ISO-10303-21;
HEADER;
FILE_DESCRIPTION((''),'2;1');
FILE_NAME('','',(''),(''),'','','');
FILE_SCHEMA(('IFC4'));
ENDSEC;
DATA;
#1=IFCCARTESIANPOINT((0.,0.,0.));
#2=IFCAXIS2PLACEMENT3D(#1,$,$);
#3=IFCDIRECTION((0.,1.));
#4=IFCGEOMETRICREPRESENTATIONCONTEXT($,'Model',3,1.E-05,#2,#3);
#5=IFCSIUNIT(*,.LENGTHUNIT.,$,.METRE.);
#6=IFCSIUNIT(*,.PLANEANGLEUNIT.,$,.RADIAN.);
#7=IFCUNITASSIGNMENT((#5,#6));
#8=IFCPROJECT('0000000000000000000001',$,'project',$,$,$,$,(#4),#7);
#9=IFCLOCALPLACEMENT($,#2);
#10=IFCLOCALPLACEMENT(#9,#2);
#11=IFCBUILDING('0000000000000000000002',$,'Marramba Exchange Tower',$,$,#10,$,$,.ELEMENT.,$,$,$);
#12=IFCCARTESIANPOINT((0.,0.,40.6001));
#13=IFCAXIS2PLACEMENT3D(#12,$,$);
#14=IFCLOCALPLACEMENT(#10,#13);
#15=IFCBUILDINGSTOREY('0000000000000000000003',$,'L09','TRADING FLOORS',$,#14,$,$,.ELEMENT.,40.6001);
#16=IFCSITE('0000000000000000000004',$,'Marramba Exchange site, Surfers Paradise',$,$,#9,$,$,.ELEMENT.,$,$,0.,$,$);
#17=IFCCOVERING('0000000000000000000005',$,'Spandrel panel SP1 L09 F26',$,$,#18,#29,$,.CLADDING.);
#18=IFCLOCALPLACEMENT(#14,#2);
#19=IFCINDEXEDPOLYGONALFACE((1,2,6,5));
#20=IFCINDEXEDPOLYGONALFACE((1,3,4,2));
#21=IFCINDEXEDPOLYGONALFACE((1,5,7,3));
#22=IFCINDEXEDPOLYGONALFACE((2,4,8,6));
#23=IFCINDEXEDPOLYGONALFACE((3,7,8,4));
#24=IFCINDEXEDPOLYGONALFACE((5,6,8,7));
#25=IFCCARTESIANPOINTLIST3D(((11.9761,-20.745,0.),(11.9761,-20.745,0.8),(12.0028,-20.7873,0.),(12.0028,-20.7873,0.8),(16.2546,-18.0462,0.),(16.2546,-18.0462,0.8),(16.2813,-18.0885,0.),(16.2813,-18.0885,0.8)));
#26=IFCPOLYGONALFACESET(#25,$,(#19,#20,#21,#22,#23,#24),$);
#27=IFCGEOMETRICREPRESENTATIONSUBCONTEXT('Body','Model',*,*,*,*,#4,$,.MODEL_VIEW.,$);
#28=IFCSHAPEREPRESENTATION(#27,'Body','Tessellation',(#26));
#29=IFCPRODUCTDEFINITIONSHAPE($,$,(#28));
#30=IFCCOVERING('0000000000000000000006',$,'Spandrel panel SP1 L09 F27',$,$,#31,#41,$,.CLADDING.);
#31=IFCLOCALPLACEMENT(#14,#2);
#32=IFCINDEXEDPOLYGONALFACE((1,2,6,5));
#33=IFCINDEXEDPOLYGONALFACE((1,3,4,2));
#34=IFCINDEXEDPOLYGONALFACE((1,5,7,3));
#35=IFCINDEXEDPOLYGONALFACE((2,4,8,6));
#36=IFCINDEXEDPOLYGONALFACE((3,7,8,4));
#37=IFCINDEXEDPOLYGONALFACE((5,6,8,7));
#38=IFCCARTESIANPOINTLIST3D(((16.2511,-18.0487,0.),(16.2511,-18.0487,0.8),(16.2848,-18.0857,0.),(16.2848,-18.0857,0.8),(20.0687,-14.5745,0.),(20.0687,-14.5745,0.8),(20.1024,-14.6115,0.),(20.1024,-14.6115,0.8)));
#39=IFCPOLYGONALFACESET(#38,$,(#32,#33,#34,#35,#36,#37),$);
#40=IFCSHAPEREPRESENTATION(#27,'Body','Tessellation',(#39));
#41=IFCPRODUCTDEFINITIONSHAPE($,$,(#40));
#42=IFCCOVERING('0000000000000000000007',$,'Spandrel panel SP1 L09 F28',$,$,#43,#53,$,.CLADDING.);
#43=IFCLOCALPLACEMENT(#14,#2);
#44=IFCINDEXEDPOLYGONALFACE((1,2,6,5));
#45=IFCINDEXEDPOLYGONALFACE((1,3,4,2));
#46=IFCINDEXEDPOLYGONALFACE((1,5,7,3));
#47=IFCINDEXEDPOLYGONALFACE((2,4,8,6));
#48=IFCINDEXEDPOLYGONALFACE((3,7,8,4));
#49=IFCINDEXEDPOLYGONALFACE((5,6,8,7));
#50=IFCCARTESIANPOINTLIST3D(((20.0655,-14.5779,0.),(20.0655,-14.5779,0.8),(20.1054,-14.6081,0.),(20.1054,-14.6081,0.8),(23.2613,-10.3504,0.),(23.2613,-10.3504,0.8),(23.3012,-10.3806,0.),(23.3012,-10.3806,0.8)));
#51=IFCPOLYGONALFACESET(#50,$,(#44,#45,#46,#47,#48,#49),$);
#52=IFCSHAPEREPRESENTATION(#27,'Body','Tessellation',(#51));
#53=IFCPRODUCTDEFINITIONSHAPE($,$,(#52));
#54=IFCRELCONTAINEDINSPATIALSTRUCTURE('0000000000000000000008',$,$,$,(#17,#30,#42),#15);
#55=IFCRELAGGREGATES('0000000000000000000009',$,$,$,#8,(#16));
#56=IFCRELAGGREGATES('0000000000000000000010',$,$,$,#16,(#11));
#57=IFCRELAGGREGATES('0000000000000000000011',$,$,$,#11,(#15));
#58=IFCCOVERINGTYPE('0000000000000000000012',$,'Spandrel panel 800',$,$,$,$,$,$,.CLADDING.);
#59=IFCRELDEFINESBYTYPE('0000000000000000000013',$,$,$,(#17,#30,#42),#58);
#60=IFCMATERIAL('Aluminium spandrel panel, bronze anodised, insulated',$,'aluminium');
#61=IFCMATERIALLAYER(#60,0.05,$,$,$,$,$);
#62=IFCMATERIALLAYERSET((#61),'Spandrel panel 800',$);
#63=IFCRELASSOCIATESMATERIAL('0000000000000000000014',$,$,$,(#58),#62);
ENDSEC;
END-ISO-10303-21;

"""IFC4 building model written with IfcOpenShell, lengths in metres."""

from ifc_helpers import new_model, si_unit, direction, frame, origin, origin_2d, place, context, subcontext, project, spatial, rectangle, extrude, material, layer, layer_set, type_object, element, save


model = new_model("IFC4")

# Units and contexts
model_context = context("Model", 3, precision=1e-05, world=origin(), true_north=direction((0.0, 1.0)))
body_context = subcontext(model_context, "Body", "Model", "MODEL_VIEW")
ifc_project = project(units=[si_unit("LENGTHUNIT", "METRE"), si_unit("PLANEANGLEUNIT", "RADIAN")], contexts=[model_context])

# Site, building, storey
site_placement = place(None, origin())
site = spatial("IfcSite", under=ifc_project, at=site_placement, Name="Marramba Exchange site, Surfers Paradise", CompositionType="ELEMENT", RefElevation=0.0)
building_placement = place(site_placement, origin())
building = spatial("IfcBuilding", under=site, at=building_placement, Name="Marramba Exchange Tower", CompositionType="ELEMENT")
storey_placement = place(building_placement, frame((0.0, 0.0, 40.6001)))
storey = spatial("IfcBuildingStorey", under=building, at=storey_placement, Name="L09", Description="TRADING FLOORS", CompositionType="ELEMENT", Elevation=40.6001)

# Coverings
ifc_material_1 = material(Name="Aluminium spandrel panel, bronze anodised, insulated", Category="aluminium")
ifc_layer_1 = layer(ifc_material_1, 0.05)
ifc_layer_set_1 = layer_set([ifc_layer_1], Name="Spandrel panel 800")
covering_type = type_object("IfcCoveringType", Name="Spandrel panel 800", PredefinedType="CLADDING", material=ifc_layer_set_1)
covering_1_placement = place(storey_placement, frame((14.1287, -19.4167, 0.0), z_axis=(0.0, 0.0, 1.0), x_axis=(0.845791, 0.533515, 0.0)))
element("IfcCovering", 1, at=covering_1_placement, inside=storey, type_object=covering_type, Name="Spandrel panel SP1 L09 F26", PredefinedType="CLADDING", context=body_context, shape_type="SweptSolid", body=[
    extrude(rectangle(XDim=5.0586, YDim=0.05, at=origin_2d()), origin(), (0.0, 0.0, 1.0), 0.8),
])
covering_2_placement = place(storey_placement, frame((18.1768, -16.3301, 0.0), z_axis=(0.0, 0.0, 1.0), x_axis=(0.73959, 0.673058, 0.0)))
element("IfcCovering", 2, at=covering_2_placement, inside=storey, type_object=covering_type, Name="Spandrel panel SP1 L09 F27", PredefinedType="CLADDING", context=body_context, shape_type="SweptSolid", body=[
    extrude(rectangle(XDim=5.1619, YDim=0.05, at=origin_2d()), origin(), (0.0, 0.0, 1.0), 0.8),
])
covering_3_placement = place(storey_placement, frame((21.6833, -12.4792, 0.0), z_axis=(0.0, 0.0, 1.0), x_axis=(0.60304, 0.797711, 0.0)))
element("IfcCovering", 3, at=covering_3_placement, inside=storey, type_object=covering_type, Name="Spandrel panel SP1 L09 F28", PredefinedType="CLADDING", context=body_context, shape_type="SweptSolid", body=[
    extrude(rectangle(XDim=5.2996, YDim=0.05, at=origin_2d()), origin(), (0.0, 0.0, 1.0), 0.8),
])

save(model, "model.ifc")
